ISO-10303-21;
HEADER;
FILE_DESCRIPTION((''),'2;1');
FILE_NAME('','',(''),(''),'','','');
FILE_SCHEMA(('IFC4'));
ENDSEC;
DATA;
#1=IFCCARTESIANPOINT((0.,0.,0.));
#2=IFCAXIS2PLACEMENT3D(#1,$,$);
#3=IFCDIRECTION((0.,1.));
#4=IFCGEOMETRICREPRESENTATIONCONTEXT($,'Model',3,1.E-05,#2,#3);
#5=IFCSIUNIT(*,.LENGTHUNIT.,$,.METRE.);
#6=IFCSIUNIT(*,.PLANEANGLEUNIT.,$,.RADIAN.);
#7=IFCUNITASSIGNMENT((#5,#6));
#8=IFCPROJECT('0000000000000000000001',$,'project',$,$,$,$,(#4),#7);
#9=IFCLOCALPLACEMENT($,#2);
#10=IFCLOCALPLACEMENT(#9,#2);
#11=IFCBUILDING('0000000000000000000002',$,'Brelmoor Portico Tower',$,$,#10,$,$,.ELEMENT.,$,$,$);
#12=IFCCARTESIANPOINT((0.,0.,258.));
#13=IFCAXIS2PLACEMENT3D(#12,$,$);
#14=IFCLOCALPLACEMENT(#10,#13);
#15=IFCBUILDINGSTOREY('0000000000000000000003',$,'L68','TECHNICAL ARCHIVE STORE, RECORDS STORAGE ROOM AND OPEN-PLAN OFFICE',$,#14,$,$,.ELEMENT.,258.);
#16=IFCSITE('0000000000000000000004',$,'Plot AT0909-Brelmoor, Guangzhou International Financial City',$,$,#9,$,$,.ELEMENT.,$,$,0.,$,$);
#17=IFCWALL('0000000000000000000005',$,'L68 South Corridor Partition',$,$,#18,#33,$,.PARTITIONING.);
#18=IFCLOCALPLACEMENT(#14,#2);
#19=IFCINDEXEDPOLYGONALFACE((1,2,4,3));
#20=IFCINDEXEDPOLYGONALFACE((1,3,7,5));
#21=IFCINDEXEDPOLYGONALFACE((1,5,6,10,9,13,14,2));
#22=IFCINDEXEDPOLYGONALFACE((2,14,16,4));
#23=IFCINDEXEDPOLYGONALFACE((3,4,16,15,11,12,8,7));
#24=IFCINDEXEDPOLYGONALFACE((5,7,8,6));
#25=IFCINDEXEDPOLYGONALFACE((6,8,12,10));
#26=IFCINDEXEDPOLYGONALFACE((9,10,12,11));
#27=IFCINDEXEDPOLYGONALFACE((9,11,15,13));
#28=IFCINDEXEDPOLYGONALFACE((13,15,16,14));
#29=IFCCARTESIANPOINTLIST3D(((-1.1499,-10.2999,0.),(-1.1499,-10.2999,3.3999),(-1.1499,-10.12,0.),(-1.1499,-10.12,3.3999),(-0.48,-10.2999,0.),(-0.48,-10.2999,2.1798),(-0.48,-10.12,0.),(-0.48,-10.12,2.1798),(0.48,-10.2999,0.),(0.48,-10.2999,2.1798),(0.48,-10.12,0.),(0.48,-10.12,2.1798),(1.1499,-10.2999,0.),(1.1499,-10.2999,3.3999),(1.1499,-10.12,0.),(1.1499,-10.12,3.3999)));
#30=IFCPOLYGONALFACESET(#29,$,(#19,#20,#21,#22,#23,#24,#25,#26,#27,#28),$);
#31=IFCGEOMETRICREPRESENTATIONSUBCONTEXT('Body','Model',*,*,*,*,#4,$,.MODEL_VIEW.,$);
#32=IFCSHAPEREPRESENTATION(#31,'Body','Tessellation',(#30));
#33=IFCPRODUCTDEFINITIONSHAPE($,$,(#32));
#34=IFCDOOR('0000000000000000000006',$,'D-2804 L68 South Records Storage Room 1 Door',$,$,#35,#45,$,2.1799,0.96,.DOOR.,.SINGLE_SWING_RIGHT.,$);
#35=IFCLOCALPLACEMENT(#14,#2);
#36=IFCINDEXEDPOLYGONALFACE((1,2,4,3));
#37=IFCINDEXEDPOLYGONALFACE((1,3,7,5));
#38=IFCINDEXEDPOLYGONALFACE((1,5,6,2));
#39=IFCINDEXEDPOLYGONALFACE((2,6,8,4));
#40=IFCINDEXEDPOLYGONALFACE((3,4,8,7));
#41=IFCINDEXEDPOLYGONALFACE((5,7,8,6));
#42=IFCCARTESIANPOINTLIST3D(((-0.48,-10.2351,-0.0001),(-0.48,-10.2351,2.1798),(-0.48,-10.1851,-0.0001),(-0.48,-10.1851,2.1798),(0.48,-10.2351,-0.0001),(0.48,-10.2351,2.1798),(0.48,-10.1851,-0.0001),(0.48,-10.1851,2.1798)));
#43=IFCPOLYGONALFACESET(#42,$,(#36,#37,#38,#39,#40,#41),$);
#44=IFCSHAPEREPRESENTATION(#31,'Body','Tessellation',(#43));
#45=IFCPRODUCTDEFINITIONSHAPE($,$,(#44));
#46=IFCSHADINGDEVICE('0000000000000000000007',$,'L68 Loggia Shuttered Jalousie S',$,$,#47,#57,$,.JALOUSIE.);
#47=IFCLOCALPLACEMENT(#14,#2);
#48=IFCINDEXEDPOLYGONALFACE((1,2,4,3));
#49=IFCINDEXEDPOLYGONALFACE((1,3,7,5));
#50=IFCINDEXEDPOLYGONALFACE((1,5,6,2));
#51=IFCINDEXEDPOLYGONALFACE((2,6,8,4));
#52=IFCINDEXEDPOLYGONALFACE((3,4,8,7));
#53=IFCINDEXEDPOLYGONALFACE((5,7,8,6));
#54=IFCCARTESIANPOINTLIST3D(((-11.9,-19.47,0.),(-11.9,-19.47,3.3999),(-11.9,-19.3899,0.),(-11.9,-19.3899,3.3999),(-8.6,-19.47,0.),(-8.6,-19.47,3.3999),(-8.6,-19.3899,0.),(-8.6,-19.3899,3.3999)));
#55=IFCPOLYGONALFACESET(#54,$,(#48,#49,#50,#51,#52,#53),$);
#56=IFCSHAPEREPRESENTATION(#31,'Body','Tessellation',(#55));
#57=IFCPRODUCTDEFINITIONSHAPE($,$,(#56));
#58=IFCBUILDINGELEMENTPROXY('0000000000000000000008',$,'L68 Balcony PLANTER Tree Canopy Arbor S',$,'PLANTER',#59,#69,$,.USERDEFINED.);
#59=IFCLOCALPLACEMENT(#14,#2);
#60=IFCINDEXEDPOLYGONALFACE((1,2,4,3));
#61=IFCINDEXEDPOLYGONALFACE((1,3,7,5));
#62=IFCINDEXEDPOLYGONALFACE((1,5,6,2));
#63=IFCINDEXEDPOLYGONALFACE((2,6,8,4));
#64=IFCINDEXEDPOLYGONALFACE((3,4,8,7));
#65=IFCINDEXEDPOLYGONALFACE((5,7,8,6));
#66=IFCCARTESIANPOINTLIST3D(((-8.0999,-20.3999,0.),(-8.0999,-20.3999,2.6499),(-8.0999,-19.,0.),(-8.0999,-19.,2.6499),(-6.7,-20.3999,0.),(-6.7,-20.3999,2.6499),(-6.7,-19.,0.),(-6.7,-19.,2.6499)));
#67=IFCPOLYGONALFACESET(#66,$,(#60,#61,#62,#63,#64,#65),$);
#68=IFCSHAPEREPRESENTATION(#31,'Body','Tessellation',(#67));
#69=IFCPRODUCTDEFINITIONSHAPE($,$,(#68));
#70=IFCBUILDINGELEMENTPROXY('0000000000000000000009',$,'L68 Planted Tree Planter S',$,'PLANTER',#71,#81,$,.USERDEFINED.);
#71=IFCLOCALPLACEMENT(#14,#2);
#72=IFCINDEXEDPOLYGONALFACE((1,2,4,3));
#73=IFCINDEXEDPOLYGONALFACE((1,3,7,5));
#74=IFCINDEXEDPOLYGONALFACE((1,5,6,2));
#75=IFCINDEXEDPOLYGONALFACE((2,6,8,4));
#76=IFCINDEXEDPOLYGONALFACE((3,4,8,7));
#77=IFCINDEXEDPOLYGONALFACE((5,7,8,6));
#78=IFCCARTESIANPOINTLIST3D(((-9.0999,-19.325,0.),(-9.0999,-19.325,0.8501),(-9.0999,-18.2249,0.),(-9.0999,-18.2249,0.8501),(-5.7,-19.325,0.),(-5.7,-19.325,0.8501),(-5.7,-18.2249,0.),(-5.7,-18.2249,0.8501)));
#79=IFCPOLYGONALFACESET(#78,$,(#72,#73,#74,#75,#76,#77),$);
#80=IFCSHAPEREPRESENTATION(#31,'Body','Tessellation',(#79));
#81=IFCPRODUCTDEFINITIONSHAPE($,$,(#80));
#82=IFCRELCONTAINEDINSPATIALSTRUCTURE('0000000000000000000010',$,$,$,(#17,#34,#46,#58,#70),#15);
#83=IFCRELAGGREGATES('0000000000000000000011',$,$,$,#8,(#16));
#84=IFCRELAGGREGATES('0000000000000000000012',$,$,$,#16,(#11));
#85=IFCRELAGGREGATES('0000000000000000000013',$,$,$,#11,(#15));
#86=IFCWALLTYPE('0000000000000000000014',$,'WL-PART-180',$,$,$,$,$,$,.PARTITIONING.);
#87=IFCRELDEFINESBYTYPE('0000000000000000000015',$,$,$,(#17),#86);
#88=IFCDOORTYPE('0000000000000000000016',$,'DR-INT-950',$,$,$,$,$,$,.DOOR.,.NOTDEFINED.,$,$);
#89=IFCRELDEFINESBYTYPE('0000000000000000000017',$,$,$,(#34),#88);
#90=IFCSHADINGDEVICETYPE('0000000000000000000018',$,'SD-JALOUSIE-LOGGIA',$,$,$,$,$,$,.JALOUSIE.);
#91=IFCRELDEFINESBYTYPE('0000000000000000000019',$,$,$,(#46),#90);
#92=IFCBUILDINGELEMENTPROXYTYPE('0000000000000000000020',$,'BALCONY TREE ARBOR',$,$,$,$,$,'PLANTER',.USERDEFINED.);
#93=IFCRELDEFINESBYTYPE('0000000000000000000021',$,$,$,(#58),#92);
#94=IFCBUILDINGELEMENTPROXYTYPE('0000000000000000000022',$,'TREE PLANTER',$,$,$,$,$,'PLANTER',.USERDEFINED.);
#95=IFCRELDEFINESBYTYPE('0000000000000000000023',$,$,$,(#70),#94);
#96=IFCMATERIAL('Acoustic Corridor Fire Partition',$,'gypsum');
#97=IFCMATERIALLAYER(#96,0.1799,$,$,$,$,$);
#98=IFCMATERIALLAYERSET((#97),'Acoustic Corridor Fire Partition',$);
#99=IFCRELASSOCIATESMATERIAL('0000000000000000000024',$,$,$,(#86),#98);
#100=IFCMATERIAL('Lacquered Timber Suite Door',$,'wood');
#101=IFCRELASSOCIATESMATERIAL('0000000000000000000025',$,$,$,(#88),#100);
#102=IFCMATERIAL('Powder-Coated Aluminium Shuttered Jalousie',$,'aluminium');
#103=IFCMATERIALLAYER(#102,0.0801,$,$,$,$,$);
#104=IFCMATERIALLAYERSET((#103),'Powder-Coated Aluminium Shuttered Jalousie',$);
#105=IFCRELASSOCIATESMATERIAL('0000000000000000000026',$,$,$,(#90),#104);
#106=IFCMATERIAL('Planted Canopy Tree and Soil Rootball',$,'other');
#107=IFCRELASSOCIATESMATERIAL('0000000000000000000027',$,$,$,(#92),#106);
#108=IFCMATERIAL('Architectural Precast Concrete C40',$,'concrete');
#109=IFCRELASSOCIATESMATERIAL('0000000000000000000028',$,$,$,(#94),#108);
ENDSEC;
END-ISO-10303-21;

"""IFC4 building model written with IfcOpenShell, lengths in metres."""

from ifc_helpers import new_model, si_unit, direction, frame, frame_2d, origin, origin_2d, place, context, subcontext, project, spatial, rectangle, extrude, material, layer, layer_set, type_object, element, fill, save


model = new_model("IFC4")

# Units and contexts
model_context = context("Model", 3, precision=1e-05, world=origin(), true_north=direction((0.0, 1.0)))
body_context = subcontext(model_context, "Body", "Model", "MODEL_VIEW")
ifc_project = project(units=[si_unit("LENGTHUNIT", "METRE"), si_unit("PLANEANGLEUNIT", "RADIAN")], contexts=[model_context])

# Site, building, storey
site_placement = place(None, origin())
site = spatial("IfcSite", under=ifc_project, at=site_placement, Name="Plot AT0909-Brelmoor, Guangzhou International Financial City", CompositionType="ELEMENT", RefElevation=0.0)
building_placement = place(site_placement, origin())
building = spatial("IfcBuilding", under=site, at=building_placement, Name="Brelmoor Portico Tower", CompositionType="ELEMENT")
storey_placement = place(building_placement, frame((0.0, 0.0, 258.0)))
storey = spatial("IfcBuildingStorey", under=building, at=storey_placement, Name="L68", Description="TECHNICAL ARCHIVE STORE, RECORDS STORAGE ROOM AND OPEN-PLAN OFFICE", CompositionType="ELEMENT", Elevation=258.0)

# Wall, opening, door
ifc_material_1 = material(Name="Acoustic Corridor Fire Partition", Category="gypsum")
ifc_layer_1 = layer(ifc_material_1, 0.1799)
ifc_layer_set_1 = layer_set([ifc_layer_1], Name="Acoustic Corridor Fire Partition")
wall_type_1 = type_object("IfcWallType", Name="WL-PART-180", PredefinedType="PARTITIONING", material=ifc_layer_set_1)
ifc_material_2 = material(Name="Lacquered Timber Suite Door", Category="wood")
door_type_1 = type_object("IfcDoorType", Name="DR-INT-950", OperationType="NOTDEFINED", PredefinedType="DOOR", material=ifc_material_2)
wall_1_placement = place(storey_placement, frame((-1.1499, -10.21, 0.0), z_axis=(0.0, 0.0, 1.0), x_axis=(1.0, 0.0, 0.0)))
wall_1 = element("IfcWall", 1, at=wall_1_placement, inside=storey, type_object=wall_type_1, Name="L68 South Corridor Partition", PredefinedType="PARTITIONING", context=body_context, shape_type="SweptSolid", body=[
    extrude(rectangle(XDim=2.2998, YDim=0.1799, at=frame_2d((1.1499, 0.0))), origin(), (0.0, 0.0, 1.0), 3.3999),
])
opening_1_placement = place(wall_1_placement, frame((0.6699, 0.0, 0.0)))
opening_1 = element("IfcOpeningElement", 2, at=opening_1_placement, cuts=wall_1, PredefinedType="OPENING", context=body_context, shape_type="SweptSolid", body=[
    extrude(rectangle(XDim=0.96, YDim=2.1799, at=frame_2d((0.48, 1.0898))), frame((0.0, 0.0999, 0.0), z_axis=(0.0, -1.0, 0.0), x_axis=(1.0, 0.0, 0.0)), (0.0, 0.0, 1.0), 0.2),
])
door_1_placement = place(opening_1_placement, origin())
door_1 = element("IfcDoor", 3, at=door_1_placement, inside=storey, type_object=door_type_1, Name="D-2804 L68 South Records Storage Room 1 Door", OperationType="SINGLE_SWING_RIGHT", OverallHeight=2.1799, OverallWidth=0.96, PredefinedType="DOOR", context=body_context, shape_type="SweptSolid", body=[
    extrude(rectangle(XDim=0.96, YDim=2.1799, at=frame_2d((0.48, 1.0898))), frame((0.0, 0.0249, 0.0), z_axis=(0.0, -1.0, 0.0), x_axis=(1.0, 0.0, 0.0)), (0.0, 0.0, 1.0), 0.05),
])
fill(opening_1, door_1)

# Shading device
ifc_material_3 = material(Name="Powder-Coated Aluminium Shuttered Jalousie", Category="aluminium")
ifc_layer_2 = layer(ifc_material_3, 0.0801)
ifc_layer_set_2 = layer_set([ifc_layer_2], Name="Powder-Coated Aluminium Shuttered Jalousie")
shading_device_type = type_object("IfcShadingDeviceType", Name="SD-JALOUSIE-LOGGIA", PredefinedType="JALOUSIE", material=ifc_layer_set_2)
shading_device_placement = place(storey_placement, frame((-10.25, -19.4299, 0.0), z_axis=(0.0, 0.0, 1.0), x_axis=(1.0, 0.0, 0.0)))
element("IfcShadingDevice", 4, at=shading_device_placement, inside=storey, type_object=shading_device_type, Name="L68 Loggia Shuttered Jalousie S", PredefinedType="JALOUSIE", context=body_context, shape_type="SweptSolid", body=[
    extrude(rectangle(XDim=3.3, YDim=0.0801, at=origin_2d()), origin(), (0.0, 0.0, 1.0), 3.3999),
])

# Building element proxies
ifc_material_4 = material(Name="Planted Canopy Tree and Soil Rootball", Category="other")
building_element_proxy_type_1 = type_object("IfcBuildingElementProxyType", Name="BALCONY TREE ARBOR", ElementType="PLANTER", PredefinedType="USERDEFINED", material=ifc_material_4)
proxy_1_placement = place(storey_placement, frame((-7.3999, -19.7, 0.0), z_axis=(0.0, 0.0, 1.0), x_axis=(1.0, 0.0, 0.0)))
element("IfcBuildingElementProxy", 5, at=proxy_1_placement, inside=storey, type_object=building_element_proxy_type_1, Name="L68 Balcony PLANTER Tree Canopy Arbor S", ObjectType="PLANTER", PredefinedType="USERDEFINED", context=body_context, shape_type="SweptSolid", body=[
    extrude(rectangle(XDim=1.3999, YDim=1.3999, at=origin_2d()), origin(), (0.0, 0.0, 1.0), 2.6499),
])
ifc_material_5 = material(Name="Architectural Precast Concrete C40", Category="concrete")
building_element_proxy_type_2 = type_object("IfcBuildingElementProxyType", Name="TREE PLANTER", ElementType="PLANTER", PredefinedType="USERDEFINED", material=ifc_material_5)
proxy_2_placement = place(storey_placement, frame((-7.3999, -18.7749, 0.0), z_axis=(0.0, 0.0, 1.0), x_axis=(1.0, 0.0, 0.0)))
element("IfcBuildingElementProxy", 6, at=proxy_2_placement, inside=storey, type_object=building_element_proxy_type_2, Name="L68 Planted Tree Planter S", ObjectType="PLANTER", PredefinedType="USERDEFINED", context=body_context, shape_type="SweptSolid", body=[
    extrude(rectangle(XDim=3.3999, YDim=1.1001, at=origin_2d()), origin(), (0.0, 0.0, 1.0), 0.8501),
])

save(model, "model.ifc")
